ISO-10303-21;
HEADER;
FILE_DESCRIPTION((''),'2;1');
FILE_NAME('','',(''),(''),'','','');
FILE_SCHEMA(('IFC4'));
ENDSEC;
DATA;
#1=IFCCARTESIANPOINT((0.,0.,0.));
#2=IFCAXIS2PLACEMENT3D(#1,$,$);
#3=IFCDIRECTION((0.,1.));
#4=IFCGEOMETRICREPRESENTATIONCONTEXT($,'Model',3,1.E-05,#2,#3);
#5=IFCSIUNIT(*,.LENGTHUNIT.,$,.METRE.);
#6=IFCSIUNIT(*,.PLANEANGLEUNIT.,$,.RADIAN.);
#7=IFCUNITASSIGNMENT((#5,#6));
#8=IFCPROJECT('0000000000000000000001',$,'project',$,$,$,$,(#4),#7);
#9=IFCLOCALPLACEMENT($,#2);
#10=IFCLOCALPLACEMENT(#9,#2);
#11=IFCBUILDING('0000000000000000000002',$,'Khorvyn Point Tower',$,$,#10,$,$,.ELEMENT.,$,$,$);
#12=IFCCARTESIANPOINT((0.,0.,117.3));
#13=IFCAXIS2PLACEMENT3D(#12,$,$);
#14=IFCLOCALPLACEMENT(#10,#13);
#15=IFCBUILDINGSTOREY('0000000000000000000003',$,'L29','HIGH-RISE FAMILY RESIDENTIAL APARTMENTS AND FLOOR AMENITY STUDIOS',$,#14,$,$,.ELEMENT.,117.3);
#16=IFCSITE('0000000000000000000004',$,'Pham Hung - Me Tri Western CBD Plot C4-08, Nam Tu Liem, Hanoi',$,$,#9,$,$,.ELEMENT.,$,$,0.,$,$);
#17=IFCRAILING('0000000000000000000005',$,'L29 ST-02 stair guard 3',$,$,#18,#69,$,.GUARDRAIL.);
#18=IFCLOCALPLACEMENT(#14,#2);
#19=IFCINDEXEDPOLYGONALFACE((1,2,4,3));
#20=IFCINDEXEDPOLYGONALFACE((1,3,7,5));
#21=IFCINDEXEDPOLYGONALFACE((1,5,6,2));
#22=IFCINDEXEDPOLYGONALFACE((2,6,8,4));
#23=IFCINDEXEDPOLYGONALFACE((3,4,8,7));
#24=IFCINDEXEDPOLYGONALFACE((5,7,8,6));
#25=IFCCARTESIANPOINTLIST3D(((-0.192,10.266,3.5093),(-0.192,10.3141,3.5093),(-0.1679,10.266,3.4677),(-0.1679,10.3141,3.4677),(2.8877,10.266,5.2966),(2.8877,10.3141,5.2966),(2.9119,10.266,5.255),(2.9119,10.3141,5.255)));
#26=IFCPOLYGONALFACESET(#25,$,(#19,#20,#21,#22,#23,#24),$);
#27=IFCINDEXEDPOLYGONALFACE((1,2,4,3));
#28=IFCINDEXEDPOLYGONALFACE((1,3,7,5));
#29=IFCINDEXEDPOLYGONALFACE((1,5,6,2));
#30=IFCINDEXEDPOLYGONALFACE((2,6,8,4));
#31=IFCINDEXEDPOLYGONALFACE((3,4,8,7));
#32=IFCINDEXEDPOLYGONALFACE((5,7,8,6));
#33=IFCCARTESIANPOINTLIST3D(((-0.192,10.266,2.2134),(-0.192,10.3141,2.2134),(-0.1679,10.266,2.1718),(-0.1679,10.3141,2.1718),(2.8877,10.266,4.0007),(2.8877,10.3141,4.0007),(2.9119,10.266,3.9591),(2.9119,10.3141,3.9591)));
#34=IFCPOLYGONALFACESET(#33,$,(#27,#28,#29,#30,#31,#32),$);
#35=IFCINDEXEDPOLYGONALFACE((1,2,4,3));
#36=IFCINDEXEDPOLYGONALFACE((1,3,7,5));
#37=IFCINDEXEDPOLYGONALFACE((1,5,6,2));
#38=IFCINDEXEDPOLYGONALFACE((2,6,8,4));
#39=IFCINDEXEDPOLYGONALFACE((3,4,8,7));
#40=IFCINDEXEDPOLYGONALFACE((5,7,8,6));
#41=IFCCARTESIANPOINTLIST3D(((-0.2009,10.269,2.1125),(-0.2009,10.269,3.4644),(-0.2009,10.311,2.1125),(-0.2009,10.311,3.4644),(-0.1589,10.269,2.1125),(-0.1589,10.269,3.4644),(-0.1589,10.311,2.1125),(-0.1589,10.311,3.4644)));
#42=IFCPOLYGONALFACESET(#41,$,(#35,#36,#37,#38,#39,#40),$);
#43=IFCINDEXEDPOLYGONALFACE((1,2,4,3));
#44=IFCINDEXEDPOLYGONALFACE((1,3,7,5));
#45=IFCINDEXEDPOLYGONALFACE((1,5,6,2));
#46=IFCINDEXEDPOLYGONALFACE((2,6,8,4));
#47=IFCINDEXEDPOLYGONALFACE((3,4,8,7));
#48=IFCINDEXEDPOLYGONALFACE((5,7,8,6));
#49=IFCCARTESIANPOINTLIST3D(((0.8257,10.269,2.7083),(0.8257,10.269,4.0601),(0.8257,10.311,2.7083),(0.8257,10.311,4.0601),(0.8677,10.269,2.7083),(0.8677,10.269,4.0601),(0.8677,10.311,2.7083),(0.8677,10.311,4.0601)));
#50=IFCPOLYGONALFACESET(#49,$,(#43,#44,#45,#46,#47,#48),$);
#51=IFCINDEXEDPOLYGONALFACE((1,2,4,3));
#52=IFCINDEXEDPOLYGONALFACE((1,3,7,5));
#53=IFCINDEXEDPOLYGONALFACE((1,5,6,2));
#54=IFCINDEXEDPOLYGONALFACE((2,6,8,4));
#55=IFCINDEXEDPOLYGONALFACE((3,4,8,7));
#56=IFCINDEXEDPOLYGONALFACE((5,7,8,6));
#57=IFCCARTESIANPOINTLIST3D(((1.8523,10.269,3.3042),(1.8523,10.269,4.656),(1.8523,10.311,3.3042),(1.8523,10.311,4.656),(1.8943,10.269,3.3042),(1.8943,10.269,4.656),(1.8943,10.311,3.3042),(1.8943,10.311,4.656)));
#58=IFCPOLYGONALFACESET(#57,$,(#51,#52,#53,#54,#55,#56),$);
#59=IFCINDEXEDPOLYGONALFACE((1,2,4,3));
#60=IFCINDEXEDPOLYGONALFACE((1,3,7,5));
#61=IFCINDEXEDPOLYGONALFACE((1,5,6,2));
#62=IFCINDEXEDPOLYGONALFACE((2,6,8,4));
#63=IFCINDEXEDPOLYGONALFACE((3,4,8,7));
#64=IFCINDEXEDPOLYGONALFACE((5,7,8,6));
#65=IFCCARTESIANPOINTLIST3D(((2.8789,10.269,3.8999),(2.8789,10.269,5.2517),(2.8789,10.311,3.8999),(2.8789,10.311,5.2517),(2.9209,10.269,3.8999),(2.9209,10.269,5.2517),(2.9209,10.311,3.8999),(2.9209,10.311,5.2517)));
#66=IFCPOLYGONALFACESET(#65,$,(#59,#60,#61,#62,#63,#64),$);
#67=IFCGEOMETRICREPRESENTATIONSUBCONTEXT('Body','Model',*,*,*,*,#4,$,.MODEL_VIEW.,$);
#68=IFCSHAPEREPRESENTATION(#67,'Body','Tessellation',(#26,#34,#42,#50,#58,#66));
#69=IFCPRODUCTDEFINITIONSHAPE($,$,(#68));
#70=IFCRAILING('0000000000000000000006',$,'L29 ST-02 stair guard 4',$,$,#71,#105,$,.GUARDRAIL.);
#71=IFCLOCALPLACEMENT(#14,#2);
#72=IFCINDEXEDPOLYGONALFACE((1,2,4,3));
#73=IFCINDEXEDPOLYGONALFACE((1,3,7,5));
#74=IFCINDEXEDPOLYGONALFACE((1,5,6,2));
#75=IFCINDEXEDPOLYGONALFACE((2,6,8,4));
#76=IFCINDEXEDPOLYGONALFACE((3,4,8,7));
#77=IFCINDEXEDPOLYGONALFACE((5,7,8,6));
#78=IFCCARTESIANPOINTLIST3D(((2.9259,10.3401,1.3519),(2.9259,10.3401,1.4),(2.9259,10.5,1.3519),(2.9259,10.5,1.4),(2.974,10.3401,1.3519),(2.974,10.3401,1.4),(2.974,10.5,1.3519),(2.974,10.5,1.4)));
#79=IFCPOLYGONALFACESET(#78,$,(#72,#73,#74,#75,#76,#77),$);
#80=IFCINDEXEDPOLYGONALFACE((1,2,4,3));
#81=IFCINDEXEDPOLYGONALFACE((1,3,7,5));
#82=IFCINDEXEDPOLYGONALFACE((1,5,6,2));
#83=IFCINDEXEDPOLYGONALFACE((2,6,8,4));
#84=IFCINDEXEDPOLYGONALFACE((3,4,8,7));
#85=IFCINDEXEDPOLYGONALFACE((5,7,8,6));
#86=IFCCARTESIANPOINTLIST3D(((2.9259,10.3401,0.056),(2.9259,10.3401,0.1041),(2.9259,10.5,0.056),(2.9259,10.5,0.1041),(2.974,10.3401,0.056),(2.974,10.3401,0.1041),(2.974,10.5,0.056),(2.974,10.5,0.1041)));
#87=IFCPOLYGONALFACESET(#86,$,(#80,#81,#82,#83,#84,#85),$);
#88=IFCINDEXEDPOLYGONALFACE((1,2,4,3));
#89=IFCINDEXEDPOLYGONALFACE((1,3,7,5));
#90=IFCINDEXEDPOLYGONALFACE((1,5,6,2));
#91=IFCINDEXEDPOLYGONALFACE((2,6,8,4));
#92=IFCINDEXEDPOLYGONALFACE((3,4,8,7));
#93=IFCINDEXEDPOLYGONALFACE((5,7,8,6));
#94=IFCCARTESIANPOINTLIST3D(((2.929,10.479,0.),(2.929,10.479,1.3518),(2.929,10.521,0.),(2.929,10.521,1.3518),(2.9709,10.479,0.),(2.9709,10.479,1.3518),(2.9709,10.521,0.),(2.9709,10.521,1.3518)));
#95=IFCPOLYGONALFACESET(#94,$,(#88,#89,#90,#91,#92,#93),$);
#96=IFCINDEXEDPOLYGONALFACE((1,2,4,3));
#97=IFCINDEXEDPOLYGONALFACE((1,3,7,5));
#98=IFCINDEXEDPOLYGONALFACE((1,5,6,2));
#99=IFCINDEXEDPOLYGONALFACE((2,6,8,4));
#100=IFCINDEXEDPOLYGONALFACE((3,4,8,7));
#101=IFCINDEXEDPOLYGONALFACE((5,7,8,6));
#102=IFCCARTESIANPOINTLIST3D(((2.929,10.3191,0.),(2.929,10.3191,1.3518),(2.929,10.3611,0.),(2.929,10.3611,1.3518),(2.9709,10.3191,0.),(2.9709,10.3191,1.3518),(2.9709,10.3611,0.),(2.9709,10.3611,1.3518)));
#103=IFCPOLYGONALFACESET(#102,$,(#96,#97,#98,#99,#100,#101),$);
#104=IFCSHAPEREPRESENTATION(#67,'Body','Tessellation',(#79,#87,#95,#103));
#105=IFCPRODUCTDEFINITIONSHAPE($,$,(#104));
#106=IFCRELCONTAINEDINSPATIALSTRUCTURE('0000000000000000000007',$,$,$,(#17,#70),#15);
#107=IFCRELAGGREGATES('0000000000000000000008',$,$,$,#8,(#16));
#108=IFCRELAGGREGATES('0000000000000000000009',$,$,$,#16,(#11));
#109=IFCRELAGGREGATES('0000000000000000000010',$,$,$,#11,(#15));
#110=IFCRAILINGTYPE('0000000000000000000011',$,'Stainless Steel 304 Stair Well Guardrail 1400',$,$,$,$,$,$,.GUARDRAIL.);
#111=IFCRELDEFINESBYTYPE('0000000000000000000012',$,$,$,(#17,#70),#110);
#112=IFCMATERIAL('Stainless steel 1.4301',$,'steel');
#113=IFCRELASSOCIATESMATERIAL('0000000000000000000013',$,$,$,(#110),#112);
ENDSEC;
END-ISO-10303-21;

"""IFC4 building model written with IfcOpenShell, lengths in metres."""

from ifc_helpers import new_model, si_unit, direction, frame, origin, origin_2d, place, context, subcontext, project, spatial, rectangle, extrude, material, type_object, element, save


model = new_model("IFC4")

# Units and contexts
model_context = context("Model", 3, precision=1e-05, world=origin(), true_north=direction((0.0, 1.0)))
body_context = subcontext(model_context, "Body", "Model", "MODEL_VIEW")
ifc_project = project(units=[si_unit("LENGTHUNIT", "METRE"), si_unit("PLANEANGLEUNIT", "RADIAN")], contexts=[model_context])

# Site, building, storey
site_placement = place(None, origin())
site = spatial("IfcSite", under=ifc_project, at=site_placement, Name="Pham Hung - Me Tri Western CBD Plot C4-08, Nam Tu Liem, Hanoi", CompositionType="ELEMENT", RefElevation=0.0)
building_placement = place(site_placement, origin())
building = spatial("IfcBuilding", under=site, at=building_placement, Name="Khorvyn Point Tower", CompositionType="ELEMENT")
storey_placement = place(building_placement, frame((0.0, 0.0, 117.3)))
storey = spatial("IfcBuildingStorey", under=building, at=storey_placement, Name="L29", Description="HIGH-RISE FAMILY RESIDENTIAL APARTMENTS AND FLOOR AMENITY STUDIOS", CompositionType="ELEMENT", Elevation=117.3)

# Railings
ifc_material_1 = material(Name="Stainless steel 1.4301", Category="steel")
railing_type_1 = type_object("IfcRailingType", Name="Stainless Steel 304 Stair Well Guardrail 1400", PredefinedType="GUARDRAIL", material=ifc_material_1)
railing_1_placement = place(storey_placement, frame((-0.1799, 10.29, 2.1125)))
element("IfcRailing", 1, at=railing_1_placement, inside=storey, type_object=railing_type_1, Name="L29 ST-02 stair guard 3", PredefinedType="GUARDRAIL", context=body_context, shape_type="SweptSolid", body=[
    extrude(rectangle(XDim=0.0481, YDim=0.0481, at=origin_2d()), frame((0.0, 0.0, 1.376), z_axis=(0.864903, 0.0, 0.501939), x_axis=(0.0, 1.0, 0.0)), (0.0, 0.0, 1.0), 3.5608),
    extrude(rectangle(XDim=0.0481, YDim=0.0481, at=origin_2d()), frame((0.0, 0.0, 0.0801), z_axis=(0.864903, 0.0, 0.501939), x_axis=(0.0, 1.0, 0.0)), (0.0, 0.0, 1.0), 3.5608),
    extrude(rectangle(XDim=0.042, YDim=0.042, at=origin_2d()), origin(), (0.0, 0.0, 1.0), 1.3518),
    extrude(rectangle(XDim=0.042, YDim=0.042, at=origin_2d()), frame((1.0266, 0.0, 0.5957)), (0.0, 0.0, 1.0), 1.3518),
    extrude(rectangle(XDim=0.042, YDim=0.042, at=origin_2d()), frame((2.0532, 0.0, 1.1917)), (0.0, 0.0, 1.0), 1.3518),
    extrude(rectangle(XDim=0.042, YDim=0.042, at=origin_2d()), frame((3.0798, 0.0, 1.7874)), (0.0, 0.0, 1.0), 1.3518),
])
railing_2_placement = place(storey_placement, frame((2.95, 10.5, 0.0)))
element("IfcRailing", 2, at=railing_2_placement, inside=storey, type_object=railing_type_1, Name="L29 ST-02 stair guard 4", PredefinedType="GUARDRAIL", context=body_context, shape_type="SweptSolid", body=[
    extrude(rectangle(XDim=0.0481, YDim=0.0481, at=origin_2d()), frame((0.0, 0.0, 1.376), z_axis=(0.0, -1.0, 0.0), x_axis=(1.0, 0.0, 0.0)), (0.0, 0.0, 1.0), 0.1599),
    extrude(rectangle(XDim=0.0481, YDim=0.0481, at=origin_2d()), frame((0.0, 0.0, 0.0801), z_axis=(0.0, -1.0, 0.0), x_axis=(1.0, 0.0, 0.0)), (0.0, 0.0, 1.0), 0.1599),
    extrude(rectangle(XDim=0.042, YDim=0.042, at=origin_2d()), origin(), (0.0, 0.0, 1.0), 1.3518),
    extrude(rectangle(XDim=0.042, YDim=0.042, at=origin_2d()), frame((0.0, -0.1599, 0.0)), (0.0, 0.0, 1.0), 1.3518),
])

save(model, "model.ifc")
